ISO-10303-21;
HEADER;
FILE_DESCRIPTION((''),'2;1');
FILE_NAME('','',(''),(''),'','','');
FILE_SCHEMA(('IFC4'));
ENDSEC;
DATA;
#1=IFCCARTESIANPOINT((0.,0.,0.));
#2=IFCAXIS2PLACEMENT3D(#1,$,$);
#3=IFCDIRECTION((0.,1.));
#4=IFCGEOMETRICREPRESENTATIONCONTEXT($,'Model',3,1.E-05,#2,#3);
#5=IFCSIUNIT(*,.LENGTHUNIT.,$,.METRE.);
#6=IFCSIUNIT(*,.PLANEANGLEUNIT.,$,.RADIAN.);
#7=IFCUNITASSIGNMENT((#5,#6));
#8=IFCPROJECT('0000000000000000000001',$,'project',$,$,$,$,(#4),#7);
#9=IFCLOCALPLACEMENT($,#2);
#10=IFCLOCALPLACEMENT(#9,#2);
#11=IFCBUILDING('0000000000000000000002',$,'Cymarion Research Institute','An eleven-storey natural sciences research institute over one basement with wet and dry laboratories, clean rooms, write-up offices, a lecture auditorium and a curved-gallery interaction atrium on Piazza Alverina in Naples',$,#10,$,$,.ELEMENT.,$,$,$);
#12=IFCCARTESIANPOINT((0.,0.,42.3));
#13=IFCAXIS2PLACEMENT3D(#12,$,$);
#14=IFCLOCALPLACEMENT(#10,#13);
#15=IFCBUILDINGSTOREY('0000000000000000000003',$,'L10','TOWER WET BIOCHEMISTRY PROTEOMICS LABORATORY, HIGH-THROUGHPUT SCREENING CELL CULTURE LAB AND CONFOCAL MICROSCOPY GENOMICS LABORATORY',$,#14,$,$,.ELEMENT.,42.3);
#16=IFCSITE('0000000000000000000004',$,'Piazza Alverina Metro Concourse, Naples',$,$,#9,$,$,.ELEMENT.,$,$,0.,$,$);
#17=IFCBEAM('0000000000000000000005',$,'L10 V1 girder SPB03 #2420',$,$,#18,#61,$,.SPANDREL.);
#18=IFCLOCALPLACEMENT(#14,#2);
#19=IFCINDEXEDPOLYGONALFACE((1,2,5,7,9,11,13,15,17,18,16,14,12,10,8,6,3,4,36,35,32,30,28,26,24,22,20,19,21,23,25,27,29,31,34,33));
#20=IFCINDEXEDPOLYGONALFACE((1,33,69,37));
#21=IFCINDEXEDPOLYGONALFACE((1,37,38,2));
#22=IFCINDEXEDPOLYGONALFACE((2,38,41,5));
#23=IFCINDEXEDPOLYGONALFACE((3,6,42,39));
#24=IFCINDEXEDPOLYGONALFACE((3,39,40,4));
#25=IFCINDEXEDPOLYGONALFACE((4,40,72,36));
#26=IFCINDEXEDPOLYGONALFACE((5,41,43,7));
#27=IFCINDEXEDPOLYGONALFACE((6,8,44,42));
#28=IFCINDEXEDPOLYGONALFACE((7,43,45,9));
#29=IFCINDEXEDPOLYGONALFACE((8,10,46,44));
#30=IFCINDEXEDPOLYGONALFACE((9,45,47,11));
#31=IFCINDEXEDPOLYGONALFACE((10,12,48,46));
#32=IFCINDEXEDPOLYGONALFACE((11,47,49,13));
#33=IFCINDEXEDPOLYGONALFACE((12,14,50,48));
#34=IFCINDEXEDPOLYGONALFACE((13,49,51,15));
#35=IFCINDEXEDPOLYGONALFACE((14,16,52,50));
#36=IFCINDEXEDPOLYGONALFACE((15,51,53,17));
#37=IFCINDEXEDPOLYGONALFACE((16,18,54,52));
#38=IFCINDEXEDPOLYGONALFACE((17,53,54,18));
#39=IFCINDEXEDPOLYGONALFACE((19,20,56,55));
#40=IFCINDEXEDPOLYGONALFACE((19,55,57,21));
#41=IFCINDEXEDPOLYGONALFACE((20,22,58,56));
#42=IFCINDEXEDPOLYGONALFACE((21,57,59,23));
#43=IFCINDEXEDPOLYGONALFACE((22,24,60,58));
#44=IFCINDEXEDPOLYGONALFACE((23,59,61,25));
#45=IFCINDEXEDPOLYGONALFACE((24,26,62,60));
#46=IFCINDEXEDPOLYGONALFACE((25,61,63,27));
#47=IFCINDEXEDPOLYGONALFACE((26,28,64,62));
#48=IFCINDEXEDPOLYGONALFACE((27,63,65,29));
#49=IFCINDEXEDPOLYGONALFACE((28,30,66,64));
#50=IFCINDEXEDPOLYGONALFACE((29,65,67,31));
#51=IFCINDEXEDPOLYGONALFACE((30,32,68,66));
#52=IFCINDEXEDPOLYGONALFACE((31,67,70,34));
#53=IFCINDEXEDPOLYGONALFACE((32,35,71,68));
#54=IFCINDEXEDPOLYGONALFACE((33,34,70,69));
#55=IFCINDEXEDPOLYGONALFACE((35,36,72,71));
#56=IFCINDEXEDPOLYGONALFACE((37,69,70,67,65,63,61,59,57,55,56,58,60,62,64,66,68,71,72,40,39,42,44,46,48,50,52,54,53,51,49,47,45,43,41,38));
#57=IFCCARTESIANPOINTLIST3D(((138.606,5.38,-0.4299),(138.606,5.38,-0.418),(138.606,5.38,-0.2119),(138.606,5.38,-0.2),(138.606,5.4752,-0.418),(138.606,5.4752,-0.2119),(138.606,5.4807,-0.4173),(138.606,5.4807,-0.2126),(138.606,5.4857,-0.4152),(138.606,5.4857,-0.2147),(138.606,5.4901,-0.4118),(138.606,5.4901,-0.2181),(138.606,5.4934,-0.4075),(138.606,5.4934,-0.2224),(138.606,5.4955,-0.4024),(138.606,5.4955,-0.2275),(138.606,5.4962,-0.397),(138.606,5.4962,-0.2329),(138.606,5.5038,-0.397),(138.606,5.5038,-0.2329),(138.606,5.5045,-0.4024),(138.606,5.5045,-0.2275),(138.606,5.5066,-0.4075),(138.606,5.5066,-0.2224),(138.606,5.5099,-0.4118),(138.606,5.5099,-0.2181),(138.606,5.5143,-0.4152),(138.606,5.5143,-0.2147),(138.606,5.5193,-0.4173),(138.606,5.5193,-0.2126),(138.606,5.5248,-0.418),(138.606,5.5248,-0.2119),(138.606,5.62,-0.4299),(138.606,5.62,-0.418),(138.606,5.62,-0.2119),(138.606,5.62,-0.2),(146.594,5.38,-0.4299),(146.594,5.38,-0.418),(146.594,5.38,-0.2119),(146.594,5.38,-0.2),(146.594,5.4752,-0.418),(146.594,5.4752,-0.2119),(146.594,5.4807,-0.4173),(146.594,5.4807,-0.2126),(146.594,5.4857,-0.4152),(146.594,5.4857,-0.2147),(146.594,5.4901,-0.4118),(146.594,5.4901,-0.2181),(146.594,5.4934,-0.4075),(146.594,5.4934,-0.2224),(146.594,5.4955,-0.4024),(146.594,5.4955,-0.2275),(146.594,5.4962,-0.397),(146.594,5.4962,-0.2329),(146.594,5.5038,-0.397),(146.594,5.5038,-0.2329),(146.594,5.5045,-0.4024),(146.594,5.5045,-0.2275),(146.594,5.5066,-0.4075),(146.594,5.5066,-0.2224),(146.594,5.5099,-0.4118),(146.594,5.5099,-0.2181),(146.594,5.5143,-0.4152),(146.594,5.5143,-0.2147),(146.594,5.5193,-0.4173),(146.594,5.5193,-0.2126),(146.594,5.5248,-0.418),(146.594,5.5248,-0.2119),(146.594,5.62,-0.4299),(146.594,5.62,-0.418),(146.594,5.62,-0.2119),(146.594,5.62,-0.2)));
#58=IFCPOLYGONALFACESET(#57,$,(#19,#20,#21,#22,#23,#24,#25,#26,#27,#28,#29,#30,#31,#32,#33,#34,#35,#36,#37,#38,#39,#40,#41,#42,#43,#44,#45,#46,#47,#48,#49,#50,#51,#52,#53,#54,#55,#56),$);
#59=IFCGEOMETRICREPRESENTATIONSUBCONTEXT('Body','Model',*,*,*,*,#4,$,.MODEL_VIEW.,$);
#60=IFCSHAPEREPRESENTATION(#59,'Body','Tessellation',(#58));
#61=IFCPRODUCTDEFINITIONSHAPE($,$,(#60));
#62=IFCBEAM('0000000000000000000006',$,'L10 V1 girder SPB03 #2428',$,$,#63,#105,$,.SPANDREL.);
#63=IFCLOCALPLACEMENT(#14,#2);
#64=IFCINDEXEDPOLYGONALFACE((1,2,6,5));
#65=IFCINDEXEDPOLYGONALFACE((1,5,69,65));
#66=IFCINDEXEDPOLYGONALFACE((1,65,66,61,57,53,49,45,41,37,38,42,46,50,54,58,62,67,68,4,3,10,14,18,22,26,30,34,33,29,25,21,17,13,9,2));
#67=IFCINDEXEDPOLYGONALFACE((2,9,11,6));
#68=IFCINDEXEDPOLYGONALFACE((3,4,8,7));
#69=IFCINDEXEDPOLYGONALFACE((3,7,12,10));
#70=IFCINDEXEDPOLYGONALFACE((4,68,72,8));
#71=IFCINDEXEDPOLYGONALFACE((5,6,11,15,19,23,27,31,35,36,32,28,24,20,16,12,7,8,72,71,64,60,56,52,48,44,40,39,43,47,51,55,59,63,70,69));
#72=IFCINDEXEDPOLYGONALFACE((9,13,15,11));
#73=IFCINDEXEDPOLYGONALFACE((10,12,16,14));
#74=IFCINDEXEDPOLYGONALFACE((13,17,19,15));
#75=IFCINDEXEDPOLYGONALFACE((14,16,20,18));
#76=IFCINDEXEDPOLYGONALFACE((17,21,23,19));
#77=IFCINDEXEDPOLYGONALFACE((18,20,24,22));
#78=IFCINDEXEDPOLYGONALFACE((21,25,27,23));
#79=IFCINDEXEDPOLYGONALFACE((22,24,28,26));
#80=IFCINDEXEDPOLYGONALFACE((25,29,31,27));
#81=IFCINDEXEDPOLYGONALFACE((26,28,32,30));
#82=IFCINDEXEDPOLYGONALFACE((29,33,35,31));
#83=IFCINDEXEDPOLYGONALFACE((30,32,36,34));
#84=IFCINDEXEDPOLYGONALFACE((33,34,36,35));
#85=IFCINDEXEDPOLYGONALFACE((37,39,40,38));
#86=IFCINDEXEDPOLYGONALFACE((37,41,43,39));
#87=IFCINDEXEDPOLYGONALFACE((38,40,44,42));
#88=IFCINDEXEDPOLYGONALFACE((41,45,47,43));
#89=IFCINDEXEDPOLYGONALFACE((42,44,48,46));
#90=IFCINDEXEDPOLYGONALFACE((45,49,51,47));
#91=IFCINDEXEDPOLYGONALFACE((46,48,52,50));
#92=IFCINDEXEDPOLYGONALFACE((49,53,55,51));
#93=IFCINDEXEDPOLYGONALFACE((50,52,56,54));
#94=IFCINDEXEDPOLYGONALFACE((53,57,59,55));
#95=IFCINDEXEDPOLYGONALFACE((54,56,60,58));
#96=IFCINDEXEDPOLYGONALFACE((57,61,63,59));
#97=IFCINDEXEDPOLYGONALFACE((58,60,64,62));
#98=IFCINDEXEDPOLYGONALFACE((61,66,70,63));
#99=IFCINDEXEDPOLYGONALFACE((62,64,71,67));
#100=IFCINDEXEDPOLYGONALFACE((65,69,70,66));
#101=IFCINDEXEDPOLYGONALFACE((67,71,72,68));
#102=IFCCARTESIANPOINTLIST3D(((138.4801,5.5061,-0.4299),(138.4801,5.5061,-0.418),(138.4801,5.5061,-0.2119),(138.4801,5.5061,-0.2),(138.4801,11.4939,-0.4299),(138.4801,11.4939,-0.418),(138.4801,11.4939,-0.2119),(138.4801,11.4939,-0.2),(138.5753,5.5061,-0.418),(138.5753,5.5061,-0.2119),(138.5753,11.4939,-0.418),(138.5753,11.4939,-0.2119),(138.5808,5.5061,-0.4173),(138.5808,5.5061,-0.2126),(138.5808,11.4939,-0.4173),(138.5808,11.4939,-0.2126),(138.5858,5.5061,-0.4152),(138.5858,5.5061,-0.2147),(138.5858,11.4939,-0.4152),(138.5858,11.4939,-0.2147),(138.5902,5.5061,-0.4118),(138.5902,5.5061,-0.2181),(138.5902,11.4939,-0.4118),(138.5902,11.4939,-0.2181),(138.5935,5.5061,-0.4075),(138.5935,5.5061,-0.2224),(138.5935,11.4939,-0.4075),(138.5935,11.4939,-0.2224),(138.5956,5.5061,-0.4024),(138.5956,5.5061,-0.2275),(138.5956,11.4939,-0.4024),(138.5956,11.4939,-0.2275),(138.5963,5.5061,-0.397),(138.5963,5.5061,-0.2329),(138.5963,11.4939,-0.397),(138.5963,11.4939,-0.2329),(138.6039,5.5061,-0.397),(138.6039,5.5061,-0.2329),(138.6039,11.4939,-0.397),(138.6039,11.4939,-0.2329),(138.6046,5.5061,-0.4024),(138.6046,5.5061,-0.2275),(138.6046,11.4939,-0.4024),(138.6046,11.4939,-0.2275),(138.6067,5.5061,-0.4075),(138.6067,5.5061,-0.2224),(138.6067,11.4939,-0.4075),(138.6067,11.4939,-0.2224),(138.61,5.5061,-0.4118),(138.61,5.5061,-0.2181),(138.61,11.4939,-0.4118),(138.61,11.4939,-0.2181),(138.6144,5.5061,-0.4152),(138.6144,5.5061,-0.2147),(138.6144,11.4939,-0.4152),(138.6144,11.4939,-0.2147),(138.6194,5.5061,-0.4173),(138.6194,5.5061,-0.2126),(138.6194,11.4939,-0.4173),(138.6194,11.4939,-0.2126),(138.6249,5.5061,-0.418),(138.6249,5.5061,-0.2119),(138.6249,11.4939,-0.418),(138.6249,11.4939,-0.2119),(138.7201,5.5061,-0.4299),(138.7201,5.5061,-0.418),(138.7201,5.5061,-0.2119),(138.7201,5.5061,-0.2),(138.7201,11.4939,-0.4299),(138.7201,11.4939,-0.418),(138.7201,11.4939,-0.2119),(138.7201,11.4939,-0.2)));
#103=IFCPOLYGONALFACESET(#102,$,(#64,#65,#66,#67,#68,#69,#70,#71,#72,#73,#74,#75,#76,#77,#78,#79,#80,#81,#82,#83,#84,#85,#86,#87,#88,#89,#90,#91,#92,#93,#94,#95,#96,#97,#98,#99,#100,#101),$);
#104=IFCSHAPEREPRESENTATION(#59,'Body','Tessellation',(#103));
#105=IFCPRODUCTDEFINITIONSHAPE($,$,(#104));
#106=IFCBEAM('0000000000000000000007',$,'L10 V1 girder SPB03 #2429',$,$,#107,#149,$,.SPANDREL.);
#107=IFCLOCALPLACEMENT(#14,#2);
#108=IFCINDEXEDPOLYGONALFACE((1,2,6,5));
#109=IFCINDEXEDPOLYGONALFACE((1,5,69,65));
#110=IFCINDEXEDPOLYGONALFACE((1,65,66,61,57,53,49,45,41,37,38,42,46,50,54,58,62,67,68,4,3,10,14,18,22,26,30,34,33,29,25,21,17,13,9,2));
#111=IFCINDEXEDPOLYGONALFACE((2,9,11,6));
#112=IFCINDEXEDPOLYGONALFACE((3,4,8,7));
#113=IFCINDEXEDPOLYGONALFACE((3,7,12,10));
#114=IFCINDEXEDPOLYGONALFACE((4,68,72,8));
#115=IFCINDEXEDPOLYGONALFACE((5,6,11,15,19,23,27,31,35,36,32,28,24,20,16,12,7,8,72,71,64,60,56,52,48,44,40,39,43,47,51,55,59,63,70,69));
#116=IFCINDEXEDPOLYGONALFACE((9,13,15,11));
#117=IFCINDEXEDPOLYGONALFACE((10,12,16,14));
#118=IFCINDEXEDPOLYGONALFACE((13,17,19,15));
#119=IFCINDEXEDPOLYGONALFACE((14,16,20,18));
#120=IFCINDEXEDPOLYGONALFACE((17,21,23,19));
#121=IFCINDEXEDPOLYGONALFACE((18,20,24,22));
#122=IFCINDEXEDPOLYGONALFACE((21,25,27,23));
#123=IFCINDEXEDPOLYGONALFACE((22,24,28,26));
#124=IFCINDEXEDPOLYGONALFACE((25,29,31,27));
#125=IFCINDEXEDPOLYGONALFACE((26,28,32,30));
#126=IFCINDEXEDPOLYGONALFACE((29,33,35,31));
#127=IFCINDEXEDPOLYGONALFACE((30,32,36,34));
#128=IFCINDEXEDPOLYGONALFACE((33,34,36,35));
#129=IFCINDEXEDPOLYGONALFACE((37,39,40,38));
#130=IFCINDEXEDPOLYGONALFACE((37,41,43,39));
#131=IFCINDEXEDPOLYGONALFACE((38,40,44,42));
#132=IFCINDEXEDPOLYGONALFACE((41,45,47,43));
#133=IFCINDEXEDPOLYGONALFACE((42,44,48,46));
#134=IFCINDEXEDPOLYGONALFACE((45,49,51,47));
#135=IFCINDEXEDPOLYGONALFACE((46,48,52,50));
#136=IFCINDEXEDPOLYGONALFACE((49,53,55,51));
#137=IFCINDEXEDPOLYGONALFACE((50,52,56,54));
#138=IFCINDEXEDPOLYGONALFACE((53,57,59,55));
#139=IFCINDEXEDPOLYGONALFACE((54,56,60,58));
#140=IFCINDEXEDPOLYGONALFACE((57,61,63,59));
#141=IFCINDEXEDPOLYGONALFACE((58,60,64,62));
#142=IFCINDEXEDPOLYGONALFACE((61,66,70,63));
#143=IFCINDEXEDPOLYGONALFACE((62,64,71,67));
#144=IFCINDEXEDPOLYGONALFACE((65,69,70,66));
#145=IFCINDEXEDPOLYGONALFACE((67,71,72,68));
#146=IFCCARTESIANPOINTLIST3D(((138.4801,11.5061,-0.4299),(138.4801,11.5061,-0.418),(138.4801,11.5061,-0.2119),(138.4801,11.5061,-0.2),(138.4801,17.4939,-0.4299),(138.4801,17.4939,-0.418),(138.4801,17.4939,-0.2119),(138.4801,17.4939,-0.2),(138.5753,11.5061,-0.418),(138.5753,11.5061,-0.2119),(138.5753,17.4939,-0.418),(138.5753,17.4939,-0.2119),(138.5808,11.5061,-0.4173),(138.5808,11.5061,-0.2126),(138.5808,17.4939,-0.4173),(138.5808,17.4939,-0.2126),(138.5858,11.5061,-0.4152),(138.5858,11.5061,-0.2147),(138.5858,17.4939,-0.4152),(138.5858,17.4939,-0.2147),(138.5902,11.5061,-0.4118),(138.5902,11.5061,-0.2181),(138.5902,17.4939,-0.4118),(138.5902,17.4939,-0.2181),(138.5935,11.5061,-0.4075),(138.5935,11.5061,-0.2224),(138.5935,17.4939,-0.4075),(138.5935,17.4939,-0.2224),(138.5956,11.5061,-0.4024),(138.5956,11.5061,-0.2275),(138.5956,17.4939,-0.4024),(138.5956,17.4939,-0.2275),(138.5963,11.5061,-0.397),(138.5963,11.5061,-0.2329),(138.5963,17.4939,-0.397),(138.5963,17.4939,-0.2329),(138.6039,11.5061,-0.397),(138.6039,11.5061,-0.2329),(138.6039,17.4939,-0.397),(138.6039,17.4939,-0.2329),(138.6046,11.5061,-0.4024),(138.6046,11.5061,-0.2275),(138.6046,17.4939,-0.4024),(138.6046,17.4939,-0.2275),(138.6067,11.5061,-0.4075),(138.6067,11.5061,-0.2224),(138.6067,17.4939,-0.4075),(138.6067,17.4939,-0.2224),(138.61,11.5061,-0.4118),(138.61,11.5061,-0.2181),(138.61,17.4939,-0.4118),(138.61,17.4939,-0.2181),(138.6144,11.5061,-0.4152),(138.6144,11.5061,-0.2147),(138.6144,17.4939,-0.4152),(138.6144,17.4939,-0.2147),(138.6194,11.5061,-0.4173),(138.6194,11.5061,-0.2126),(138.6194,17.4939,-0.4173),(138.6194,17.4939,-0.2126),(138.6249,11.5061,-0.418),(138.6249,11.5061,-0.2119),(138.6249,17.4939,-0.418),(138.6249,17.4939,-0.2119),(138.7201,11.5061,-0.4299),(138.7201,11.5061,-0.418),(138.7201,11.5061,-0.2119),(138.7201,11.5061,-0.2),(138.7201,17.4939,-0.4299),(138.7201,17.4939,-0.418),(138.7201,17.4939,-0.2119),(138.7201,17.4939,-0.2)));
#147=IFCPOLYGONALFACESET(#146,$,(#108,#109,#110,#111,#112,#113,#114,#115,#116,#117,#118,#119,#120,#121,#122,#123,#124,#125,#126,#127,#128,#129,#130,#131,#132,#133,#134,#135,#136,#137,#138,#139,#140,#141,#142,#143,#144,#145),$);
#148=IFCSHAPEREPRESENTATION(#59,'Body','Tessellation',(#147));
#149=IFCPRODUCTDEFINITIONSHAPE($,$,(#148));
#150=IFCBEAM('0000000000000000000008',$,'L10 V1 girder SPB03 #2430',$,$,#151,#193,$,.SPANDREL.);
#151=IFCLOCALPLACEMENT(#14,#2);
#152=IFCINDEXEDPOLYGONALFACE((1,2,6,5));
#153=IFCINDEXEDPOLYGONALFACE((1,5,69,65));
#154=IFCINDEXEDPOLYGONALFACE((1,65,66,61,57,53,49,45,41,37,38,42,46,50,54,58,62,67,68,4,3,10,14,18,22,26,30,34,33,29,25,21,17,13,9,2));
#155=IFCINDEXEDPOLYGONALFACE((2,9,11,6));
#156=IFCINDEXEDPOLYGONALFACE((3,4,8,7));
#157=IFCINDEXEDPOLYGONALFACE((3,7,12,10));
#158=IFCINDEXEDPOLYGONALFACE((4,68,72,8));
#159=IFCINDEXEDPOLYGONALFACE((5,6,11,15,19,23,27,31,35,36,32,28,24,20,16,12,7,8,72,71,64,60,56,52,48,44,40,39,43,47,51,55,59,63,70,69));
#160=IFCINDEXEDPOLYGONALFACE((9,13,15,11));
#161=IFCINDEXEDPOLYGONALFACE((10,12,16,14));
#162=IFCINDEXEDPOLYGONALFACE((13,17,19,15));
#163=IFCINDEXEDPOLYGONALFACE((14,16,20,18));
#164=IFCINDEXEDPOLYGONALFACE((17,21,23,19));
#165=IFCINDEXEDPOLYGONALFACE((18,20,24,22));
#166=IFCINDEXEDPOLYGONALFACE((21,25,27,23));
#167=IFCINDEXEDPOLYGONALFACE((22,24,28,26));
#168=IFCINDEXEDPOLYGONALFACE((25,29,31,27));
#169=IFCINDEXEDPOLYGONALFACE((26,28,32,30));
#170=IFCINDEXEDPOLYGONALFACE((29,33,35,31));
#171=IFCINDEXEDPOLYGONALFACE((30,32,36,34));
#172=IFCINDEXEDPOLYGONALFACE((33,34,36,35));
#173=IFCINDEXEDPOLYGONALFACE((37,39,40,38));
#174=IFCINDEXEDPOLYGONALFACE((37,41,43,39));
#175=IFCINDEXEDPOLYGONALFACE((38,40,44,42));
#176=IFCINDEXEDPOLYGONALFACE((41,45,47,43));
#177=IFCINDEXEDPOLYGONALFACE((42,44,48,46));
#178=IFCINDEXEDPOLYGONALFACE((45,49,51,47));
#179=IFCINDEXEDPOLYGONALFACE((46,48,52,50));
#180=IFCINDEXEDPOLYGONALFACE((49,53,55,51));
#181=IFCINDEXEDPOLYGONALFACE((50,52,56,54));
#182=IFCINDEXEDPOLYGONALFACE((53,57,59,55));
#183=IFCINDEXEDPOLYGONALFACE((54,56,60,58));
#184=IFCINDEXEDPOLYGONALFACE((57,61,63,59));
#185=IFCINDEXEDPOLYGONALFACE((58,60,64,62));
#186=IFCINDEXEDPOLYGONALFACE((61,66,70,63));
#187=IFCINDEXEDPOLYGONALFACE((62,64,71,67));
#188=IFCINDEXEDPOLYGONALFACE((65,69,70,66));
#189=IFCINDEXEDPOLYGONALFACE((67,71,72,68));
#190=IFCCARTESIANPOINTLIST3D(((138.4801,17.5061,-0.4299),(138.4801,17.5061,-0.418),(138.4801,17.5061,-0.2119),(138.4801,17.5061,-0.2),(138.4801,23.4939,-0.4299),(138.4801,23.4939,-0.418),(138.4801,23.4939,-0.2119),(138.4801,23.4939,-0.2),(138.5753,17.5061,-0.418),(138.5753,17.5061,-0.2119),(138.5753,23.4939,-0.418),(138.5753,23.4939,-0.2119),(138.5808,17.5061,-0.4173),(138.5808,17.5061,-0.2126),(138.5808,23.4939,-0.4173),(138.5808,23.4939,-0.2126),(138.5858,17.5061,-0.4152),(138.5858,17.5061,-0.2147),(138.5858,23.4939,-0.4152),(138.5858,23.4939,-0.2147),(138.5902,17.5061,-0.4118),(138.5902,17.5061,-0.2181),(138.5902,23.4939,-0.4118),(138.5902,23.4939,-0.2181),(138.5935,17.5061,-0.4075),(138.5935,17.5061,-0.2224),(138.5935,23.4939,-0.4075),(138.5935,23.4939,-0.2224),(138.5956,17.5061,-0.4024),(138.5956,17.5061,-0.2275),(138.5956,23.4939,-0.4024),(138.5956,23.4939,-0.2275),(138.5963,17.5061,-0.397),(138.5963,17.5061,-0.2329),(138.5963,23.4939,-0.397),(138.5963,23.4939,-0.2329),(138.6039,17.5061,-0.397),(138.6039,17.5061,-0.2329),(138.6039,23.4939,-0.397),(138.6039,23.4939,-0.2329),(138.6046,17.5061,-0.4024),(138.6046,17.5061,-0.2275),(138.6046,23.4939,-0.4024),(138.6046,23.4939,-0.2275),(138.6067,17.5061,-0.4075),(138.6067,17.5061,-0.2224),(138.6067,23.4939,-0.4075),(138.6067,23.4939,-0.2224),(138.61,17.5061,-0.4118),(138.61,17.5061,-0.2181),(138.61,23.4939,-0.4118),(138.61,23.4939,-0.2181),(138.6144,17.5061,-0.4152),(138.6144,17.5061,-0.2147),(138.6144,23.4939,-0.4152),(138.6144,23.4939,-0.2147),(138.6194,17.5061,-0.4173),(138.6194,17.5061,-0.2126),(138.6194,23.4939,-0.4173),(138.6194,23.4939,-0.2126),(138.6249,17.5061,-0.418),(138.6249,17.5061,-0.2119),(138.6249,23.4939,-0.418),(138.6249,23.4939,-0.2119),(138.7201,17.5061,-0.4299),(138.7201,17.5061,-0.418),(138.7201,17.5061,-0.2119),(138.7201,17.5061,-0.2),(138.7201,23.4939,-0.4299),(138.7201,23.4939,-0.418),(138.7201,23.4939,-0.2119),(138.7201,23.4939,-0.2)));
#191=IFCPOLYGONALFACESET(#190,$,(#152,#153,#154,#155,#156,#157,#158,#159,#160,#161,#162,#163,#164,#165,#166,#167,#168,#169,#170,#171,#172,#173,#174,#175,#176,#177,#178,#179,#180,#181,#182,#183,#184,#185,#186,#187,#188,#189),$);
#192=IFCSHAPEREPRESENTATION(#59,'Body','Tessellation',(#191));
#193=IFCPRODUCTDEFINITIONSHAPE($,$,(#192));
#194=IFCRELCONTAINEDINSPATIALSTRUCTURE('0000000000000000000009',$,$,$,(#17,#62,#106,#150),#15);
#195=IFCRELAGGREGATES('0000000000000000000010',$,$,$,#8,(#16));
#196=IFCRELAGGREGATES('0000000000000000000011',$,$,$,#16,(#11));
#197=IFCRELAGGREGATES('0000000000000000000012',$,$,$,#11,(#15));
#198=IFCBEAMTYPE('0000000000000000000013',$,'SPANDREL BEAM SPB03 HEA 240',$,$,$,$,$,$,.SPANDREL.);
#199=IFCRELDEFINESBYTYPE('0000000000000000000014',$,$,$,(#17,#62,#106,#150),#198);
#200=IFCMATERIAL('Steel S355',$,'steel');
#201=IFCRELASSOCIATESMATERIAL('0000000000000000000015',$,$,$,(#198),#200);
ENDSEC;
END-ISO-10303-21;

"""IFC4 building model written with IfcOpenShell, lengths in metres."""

from ifc_helpers import new_model, si_unit, direction, frame, origin, origin_2d, place, context, subcontext, project, spatial, i_section, extrude, material, material_profile, profile_set, type_object, element, save


model = new_model("IFC4")

# Units and contexts
model_context = context("Model", 3, precision=1e-05, world=origin(), true_north=direction((0.0, 1.0)))
body_context = subcontext(model_context, "Body", "Model", "MODEL_VIEW")
ifc_project = project(units=[si_unit("LENGTHUNIT", "METRE"), si_unit("PLANEANGLEUNIT", "RADIAN")], contexts=[model_context])

# Site, building, storey
site_placement = place(None, origin())
site = spatial("IfcSite", under=ifc_project, at=site_placement, Name="Piazza Alverina Metro Concourse, Naples", CompositionType="ELEMENT", RefElevation=0.0)
building_placement = place(site_placement, origin())
building = spatial("IfcBuilding", under=site, at=building_placement, Name="Cymarion Research Institute", Description="An eleven-storey natural sciences research institute over one basement with wet and dry laboratories, clean rooms, write-up offices, a lecture auditorium and a curved-gallery interaction atrium on Piazza Alverina in Naples", CompositionType="ELEMENT")
storey_placement = place(building_placement, frame((0.0, 0.0, 42.3)))
storey = spatial("IfcBuildingStorey", under=building, at=storey_placement, Name="L10", Description="TOWER WET BIOCHEMISTRY PROTEOMICS LABORATORY, HIGH-THROUGHPUT SCREENING CELL CULTURE LAB AND CONFOCAL MICROSCOPY GENOMICS LABORATORY", CompositionType="ELEMENT", Elevation=42.3)

# Shared definitions
ifc_material_1 = material(Name="Steel S355", Category="steel")

# Beams
ifc_material_profile_1 = material_profile(ifc_material_1, i_section(OverallWidth=0.24, OverallDepth=0.23, WebThickness=0.0076, FlangeThickness=0.012, FilletRadius=0.021, at=origin_2d()), Name="HEA 240")
ifc_profile_set_1 = profile_set([ifc_material_profile_1], Name="Steel S355")
beam_type_1 = type_object("IfcBeamType", Name="SPANDREL BEAM SPB03 HEA 240", PredefinedType="SPANDREL", material=ifc_profile_set_1)
beam_placement = place(storey_placement, frame((138.606, 5.5, -0.3149), z_axis=(1.0, 0.0, 0.0), x_axis=(0.0, 1.0, 0.0)))
element("IfcBeam", 1, at=beam_placement, inside=storey, type_object=beam_type_1, Name="L10 V1 girder SPB03 #2420", PredefinedType="SPANDREL", context=body_context, shape_type="SweptSolid", body=[
    extrude(i_section(OverallWidth=0.24, OverallDepth=0.23, WebThickness=0.0076, FlangeThickness=0.012, FilletRadius=0.021, at=origin_2d()), origin(), (0.0, 0.0, 1.0), 7.988),
])
for number, where, z_axis, x_axis, name in (
    (2, (138.6001, 5.5061, -0.3149), (0.0, 1.0, 0.0), (-1.0, 0.0, 0.0), "L10 V1 girder SPB03 #2428"),
    (3, (138.6001, 11.5061, -0.3149), (0.0, 1.0, 0.0), (-1.0, 0.0, 0.0), "L10 V1 girder SPB03 #2429"),
    (4, (138.6001, 17.5061, -0.3149), (0.0, 1.0, 0.0), (-1.0, 0.0, 0.0), "L10 V1 girder SPB03 #2430"),
):
    element("IfcBeam", number, at=place(storey_placement, frame(where, z_axis=z_axis, x_axis=x_axis)), inside=storey, type_object=beam_type_1, Name=name, PredefinedType="SPANDREL", context=body_context, shape_type="SweptSolid", body=[
        extrude(i_section(OverallWidth=0.24, OverallDepth=0.23, WebThickness=0.0076, FlangeThickness=0.012, FilletRadius=0.021, at=origin_2d()), origin(), (0.0, 0.0, 1.0), 5.9878),
    ])

save(model, "model.ifc")
